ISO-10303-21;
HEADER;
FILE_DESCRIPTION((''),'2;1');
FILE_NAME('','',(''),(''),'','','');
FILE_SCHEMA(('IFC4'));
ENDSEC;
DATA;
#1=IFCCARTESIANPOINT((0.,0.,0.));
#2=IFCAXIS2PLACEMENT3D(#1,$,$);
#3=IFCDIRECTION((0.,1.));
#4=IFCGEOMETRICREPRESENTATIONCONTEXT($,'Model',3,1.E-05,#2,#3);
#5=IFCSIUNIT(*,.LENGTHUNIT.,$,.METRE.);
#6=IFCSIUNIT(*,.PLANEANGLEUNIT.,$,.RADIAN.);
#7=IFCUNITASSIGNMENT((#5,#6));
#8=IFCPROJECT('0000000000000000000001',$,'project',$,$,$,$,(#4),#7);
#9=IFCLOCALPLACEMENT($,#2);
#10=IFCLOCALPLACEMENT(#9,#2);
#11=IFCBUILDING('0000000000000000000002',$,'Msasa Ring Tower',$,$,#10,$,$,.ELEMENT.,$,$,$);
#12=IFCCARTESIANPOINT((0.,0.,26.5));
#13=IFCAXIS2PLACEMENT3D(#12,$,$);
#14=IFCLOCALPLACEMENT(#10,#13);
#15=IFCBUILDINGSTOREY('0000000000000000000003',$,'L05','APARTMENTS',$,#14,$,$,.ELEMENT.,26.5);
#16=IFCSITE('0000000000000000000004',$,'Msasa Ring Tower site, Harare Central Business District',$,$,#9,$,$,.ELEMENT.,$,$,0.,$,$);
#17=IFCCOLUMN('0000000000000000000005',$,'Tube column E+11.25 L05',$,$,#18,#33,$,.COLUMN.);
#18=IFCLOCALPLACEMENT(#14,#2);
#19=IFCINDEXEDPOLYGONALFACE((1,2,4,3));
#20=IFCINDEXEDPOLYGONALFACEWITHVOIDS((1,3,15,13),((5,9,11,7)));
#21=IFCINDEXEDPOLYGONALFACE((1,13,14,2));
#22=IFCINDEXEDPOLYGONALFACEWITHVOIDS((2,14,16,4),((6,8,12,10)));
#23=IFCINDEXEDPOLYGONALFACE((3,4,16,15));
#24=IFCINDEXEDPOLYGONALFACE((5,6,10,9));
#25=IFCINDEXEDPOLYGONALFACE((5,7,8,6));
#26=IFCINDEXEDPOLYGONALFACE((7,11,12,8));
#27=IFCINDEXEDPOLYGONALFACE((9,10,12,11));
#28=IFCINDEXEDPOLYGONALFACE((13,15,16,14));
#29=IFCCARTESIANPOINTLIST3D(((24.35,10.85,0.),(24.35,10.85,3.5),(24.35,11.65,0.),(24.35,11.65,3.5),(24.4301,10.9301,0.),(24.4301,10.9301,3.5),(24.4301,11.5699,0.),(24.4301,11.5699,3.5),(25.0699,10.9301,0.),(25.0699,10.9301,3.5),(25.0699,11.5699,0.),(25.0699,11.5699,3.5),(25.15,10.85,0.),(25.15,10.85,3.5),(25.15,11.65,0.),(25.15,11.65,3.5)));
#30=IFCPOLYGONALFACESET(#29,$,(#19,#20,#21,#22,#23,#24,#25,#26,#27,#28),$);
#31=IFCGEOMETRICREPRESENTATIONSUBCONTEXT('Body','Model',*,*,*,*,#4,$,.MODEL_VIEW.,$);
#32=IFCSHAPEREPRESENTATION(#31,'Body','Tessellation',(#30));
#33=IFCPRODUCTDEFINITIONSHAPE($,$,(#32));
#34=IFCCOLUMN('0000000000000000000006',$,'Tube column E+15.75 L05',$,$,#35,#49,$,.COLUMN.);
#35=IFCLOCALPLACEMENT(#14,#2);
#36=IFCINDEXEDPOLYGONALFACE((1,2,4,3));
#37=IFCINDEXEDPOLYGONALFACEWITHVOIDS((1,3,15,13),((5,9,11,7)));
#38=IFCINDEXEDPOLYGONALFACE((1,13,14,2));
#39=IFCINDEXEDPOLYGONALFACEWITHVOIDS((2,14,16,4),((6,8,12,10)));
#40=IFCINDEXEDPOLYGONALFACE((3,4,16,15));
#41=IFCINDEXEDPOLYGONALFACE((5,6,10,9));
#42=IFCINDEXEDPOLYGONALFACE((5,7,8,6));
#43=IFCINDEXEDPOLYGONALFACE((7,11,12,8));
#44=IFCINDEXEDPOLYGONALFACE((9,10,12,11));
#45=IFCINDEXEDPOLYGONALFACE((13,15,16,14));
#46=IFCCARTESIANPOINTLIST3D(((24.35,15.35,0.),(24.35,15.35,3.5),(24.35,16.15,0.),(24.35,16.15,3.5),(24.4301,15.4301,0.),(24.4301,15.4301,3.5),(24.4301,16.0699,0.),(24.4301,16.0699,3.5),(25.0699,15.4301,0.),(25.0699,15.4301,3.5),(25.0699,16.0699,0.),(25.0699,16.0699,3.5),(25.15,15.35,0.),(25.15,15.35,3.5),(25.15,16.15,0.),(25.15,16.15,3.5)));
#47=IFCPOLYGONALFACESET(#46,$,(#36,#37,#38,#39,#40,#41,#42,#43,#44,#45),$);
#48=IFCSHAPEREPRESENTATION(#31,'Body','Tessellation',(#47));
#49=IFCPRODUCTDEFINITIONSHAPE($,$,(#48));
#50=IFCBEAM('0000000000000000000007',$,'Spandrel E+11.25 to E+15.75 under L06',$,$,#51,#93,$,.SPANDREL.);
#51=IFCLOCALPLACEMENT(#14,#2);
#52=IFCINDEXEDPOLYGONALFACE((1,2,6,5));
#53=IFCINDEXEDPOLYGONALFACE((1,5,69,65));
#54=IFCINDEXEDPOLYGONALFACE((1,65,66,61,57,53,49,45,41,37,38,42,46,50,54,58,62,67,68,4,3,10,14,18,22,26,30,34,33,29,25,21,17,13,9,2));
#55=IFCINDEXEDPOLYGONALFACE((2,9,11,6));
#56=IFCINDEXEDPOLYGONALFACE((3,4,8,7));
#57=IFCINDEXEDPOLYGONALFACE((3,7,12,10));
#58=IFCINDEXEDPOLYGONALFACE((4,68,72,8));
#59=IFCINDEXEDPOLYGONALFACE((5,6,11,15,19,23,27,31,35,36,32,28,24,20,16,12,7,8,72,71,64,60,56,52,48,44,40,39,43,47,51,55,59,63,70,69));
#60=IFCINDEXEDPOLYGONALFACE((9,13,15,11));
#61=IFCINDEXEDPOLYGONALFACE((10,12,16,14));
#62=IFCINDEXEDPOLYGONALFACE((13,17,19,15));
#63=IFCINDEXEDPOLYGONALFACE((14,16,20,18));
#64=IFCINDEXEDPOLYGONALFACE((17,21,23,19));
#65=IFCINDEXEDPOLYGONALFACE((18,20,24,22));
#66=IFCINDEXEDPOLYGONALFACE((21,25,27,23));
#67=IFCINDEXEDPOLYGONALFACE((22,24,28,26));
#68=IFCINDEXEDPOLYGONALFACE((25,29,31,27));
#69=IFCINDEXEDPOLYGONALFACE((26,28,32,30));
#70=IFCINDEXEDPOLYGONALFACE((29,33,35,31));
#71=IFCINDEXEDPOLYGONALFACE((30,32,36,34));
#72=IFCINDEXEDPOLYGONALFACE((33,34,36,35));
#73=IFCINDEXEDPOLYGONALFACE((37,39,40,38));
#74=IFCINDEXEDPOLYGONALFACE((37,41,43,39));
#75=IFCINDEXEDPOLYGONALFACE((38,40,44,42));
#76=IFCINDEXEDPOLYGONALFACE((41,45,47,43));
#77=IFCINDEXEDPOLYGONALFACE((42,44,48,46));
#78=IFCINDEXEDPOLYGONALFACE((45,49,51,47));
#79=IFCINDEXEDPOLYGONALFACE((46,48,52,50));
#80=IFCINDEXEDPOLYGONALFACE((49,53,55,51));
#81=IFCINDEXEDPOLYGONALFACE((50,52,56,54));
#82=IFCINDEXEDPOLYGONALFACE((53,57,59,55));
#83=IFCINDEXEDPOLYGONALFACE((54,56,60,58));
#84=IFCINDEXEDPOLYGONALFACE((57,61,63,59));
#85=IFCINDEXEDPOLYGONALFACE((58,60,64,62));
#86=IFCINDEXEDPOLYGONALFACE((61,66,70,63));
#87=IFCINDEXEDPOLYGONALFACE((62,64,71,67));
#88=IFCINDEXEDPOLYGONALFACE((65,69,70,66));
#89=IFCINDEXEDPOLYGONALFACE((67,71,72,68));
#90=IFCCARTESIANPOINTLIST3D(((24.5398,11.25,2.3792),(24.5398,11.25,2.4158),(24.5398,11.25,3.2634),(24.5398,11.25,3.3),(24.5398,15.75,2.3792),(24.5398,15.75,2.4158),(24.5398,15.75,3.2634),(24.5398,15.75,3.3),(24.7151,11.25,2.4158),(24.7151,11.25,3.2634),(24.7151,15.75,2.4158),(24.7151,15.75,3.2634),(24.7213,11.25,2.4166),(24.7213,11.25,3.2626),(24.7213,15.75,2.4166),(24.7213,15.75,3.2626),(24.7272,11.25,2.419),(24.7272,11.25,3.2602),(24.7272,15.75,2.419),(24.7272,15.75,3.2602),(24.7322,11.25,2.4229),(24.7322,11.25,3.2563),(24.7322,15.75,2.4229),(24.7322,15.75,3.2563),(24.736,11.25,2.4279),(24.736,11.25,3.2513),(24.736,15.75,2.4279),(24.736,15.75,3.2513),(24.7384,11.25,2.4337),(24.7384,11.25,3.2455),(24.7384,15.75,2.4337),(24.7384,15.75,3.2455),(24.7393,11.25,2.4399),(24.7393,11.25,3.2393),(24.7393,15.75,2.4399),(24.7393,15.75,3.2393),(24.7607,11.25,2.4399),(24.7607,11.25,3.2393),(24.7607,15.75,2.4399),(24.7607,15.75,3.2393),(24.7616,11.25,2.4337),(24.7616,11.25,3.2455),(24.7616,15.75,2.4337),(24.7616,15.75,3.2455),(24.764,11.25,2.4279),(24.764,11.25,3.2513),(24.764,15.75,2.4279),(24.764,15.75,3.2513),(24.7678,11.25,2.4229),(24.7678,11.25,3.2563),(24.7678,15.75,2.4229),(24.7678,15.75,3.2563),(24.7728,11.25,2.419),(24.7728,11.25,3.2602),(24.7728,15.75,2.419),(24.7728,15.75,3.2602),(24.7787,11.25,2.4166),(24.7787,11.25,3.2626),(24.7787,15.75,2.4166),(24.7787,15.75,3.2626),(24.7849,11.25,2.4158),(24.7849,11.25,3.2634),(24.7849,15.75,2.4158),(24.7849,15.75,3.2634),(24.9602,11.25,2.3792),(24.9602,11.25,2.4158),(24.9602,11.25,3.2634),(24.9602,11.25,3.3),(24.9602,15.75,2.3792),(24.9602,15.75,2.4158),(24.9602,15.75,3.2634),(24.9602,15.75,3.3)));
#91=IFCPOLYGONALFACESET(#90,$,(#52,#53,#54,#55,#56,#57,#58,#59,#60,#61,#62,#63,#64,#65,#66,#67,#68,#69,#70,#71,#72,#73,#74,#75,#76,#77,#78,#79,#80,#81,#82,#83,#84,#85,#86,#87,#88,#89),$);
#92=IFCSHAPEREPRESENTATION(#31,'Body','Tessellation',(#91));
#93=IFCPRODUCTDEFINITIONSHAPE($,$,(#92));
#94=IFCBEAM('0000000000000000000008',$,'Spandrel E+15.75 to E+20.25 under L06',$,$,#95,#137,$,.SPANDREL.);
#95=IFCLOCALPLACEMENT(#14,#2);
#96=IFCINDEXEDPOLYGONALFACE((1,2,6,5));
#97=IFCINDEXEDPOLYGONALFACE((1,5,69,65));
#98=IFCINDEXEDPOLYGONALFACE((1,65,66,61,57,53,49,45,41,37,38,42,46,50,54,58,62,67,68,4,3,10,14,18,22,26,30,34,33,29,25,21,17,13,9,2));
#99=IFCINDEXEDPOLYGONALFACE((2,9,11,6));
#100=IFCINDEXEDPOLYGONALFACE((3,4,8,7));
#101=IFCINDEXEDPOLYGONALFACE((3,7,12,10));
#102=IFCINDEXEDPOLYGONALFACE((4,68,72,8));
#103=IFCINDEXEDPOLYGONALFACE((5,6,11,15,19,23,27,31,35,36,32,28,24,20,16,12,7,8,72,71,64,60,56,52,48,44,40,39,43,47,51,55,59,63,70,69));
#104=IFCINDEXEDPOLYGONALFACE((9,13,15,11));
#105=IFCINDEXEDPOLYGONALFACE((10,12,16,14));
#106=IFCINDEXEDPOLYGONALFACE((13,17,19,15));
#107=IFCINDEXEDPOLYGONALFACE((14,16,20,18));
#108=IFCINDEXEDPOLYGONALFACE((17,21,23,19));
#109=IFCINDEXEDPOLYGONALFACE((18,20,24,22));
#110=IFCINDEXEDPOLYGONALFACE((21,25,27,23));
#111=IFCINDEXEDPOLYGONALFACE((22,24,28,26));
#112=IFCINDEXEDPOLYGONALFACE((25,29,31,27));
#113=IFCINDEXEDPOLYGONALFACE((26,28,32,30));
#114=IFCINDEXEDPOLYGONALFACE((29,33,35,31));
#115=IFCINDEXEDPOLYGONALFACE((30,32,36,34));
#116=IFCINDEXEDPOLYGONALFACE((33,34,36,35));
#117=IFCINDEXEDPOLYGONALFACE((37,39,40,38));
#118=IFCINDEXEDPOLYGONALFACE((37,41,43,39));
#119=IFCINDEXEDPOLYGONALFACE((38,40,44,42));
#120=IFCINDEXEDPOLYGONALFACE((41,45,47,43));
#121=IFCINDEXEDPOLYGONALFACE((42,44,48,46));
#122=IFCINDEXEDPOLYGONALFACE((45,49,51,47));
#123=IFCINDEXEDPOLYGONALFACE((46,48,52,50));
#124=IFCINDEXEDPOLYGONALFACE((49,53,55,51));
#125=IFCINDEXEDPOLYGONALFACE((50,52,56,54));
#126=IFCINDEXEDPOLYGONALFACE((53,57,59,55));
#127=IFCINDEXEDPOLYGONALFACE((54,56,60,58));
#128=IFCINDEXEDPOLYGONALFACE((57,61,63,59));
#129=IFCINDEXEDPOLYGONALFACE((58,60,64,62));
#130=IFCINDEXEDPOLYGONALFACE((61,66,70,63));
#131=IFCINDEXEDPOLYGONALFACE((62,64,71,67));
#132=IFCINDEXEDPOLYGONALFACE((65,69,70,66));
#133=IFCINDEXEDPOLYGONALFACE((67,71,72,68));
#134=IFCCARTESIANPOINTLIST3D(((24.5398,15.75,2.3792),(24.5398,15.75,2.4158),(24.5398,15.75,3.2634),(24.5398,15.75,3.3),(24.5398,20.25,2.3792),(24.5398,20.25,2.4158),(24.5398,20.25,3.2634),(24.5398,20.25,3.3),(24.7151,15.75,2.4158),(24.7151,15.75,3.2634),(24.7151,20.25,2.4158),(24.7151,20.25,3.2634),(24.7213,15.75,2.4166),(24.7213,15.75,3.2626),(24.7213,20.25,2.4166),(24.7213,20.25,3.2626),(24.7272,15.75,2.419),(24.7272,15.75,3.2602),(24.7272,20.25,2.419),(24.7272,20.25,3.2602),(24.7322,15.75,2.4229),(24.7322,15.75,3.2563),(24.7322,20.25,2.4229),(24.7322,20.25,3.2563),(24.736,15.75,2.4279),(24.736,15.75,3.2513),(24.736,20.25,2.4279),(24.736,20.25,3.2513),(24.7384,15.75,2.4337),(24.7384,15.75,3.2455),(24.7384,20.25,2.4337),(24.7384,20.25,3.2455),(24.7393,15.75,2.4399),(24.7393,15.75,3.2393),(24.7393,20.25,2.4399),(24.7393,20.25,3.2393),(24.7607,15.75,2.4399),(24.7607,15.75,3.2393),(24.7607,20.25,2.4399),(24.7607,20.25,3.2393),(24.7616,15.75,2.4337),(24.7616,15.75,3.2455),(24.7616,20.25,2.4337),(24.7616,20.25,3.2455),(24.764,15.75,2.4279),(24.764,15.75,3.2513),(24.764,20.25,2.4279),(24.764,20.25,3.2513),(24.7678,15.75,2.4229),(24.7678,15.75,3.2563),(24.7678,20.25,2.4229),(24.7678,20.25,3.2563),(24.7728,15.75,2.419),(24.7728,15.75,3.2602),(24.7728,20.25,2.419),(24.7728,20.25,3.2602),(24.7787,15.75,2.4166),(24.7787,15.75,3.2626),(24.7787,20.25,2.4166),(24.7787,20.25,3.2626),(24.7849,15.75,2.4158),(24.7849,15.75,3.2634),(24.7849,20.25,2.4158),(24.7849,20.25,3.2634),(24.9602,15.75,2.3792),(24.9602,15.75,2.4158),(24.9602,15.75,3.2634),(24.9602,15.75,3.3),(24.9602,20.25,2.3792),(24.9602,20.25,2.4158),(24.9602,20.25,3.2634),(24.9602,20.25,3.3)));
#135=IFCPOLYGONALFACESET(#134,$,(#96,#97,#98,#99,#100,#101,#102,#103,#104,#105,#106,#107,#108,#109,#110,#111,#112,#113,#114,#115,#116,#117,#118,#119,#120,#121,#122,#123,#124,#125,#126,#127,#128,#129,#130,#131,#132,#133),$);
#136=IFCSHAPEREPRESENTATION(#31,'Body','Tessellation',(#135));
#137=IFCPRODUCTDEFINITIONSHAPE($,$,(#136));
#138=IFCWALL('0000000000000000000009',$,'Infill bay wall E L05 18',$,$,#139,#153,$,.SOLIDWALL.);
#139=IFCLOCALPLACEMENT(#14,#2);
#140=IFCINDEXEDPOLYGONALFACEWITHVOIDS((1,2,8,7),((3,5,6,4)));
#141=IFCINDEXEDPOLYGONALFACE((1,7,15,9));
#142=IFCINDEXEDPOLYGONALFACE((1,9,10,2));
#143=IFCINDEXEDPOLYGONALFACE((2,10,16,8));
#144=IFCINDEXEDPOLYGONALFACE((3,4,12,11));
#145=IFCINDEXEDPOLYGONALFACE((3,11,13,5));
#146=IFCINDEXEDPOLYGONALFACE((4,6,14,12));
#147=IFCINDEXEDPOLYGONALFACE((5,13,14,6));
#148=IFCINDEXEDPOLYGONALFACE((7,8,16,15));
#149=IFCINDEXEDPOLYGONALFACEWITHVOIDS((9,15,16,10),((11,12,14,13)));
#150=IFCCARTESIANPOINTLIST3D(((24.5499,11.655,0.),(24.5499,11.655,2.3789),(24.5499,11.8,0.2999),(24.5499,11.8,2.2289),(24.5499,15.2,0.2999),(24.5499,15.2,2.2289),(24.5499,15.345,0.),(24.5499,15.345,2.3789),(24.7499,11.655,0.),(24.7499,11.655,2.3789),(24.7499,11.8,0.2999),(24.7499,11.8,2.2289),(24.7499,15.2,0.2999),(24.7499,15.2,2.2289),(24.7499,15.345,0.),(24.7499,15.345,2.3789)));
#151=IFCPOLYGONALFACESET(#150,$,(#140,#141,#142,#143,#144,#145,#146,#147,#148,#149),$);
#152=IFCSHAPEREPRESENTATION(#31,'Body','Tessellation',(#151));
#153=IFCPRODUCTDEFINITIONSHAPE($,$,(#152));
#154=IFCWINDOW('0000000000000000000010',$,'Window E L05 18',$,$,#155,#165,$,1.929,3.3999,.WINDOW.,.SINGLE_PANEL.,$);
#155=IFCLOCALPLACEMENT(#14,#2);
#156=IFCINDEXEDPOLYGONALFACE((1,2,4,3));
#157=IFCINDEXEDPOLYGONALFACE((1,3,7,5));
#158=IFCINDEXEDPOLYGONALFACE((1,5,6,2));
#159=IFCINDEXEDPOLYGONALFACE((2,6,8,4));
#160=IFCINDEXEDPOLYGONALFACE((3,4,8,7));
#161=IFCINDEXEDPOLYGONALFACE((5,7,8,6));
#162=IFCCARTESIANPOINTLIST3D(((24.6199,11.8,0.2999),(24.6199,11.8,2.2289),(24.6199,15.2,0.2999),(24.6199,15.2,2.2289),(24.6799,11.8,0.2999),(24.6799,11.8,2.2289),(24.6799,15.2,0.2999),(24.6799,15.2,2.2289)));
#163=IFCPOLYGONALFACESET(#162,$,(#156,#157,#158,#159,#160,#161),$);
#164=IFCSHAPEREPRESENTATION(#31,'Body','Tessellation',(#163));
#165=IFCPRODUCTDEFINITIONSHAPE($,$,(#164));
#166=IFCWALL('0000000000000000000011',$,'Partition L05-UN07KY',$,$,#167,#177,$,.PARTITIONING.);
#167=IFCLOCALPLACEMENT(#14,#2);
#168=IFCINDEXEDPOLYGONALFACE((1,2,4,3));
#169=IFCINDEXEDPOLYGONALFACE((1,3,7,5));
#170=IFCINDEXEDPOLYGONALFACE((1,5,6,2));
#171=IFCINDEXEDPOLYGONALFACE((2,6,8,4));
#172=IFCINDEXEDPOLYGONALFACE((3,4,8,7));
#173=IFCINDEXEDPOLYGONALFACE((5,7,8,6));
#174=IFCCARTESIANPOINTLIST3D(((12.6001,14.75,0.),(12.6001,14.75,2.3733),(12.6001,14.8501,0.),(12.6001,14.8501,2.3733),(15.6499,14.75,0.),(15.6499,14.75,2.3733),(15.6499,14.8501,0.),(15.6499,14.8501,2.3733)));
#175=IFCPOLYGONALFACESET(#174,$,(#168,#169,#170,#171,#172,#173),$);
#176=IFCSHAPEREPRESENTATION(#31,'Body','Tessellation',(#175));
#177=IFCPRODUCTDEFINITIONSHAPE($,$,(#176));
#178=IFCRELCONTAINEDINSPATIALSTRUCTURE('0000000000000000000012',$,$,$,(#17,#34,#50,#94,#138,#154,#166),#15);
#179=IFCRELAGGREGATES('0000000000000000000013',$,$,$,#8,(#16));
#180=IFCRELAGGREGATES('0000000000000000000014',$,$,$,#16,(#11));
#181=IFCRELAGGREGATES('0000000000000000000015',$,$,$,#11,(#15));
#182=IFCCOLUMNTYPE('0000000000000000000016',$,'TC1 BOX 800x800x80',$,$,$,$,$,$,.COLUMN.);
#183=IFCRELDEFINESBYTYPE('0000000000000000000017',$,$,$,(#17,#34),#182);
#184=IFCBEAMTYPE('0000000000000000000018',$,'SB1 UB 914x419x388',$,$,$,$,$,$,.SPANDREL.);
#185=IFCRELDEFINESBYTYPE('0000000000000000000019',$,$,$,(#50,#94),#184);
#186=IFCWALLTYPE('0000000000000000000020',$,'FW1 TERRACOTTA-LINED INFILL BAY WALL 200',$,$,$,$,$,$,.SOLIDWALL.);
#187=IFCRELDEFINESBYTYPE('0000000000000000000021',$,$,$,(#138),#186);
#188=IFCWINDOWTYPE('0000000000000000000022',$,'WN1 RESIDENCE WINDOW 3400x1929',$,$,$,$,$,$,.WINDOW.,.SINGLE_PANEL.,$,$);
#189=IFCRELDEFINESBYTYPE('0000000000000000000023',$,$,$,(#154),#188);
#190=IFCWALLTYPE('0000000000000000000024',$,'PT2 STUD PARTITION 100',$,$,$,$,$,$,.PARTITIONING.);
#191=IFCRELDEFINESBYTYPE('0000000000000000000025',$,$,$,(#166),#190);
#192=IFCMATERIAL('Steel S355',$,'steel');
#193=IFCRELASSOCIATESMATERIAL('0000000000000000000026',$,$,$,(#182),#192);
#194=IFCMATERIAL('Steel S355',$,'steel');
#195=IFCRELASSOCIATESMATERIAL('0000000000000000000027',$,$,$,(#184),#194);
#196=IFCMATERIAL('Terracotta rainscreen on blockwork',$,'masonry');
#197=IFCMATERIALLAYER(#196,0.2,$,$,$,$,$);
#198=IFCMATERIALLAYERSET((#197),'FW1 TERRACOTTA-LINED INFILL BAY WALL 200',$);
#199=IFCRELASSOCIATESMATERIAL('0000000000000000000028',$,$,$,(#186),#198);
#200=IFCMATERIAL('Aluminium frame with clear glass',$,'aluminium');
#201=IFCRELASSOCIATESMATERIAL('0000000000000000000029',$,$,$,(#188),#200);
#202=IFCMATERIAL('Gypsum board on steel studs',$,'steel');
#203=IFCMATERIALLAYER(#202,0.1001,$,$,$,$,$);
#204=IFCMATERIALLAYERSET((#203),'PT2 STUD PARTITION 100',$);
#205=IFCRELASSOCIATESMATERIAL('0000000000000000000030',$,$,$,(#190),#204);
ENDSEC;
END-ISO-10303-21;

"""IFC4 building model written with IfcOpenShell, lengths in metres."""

from ifc_helpers import new_model, si_unit, direction, frame, frame_2d, origin, origin_2d, place, context, subcontext, project, spatial, rectangle, hollow_rectangle, i_section, extrude, material, layer, layer_set, material_profile, profile_set, type_object, element, fill, save


model = new_model("IFC4")

# Units and contexts
model_context = context("Model", 3, precision=1e-05, world=origin(), true_north=direction((0.0, 1.0)))
body_context = subcontext(model_context, "Body", "Model", "MODEL_VIEW")
ifc_project = project(units=[si_unit("LENGTHUNIT", "METRE"), si_unit("PLANEANGLEUNIT", "RADIAN")], contexts=[model_context])

# Site, building, storey
site_placement = place(None, origin())
site = spatial("IfcSite", under=ifc_project, at=site_placement, Name="Msasa Ring Tower site, Harare Central Business District", CompositionType="ELEMENT", RefElevation=0.0)
building_placement = place(site_placement, origin())
building = spatial("IfcBuilding", under=site, at=building_placement, Name="Msasa Ring Tower", CompositionType="ELEMENT")
storey_placement = place(building_placement, frame((0.0, 0.0, 26.5)))
storey = spatial("IfcBuildingStorey", under=building, at=storey_placement, Name="L05", Description="APARTMENTS", CompositionType="ELEMENT", Elevation=26.5)

# Columns
ifc_material_1 = material(Name="Steel S355", Category="steel")
ifc_material_profile_1 = material_profile(ifc_material_1, hollow_rectangle(XDim=0.8, YDim=0.8, WallThickness=0.0801, at=origin_2d()), Name="BOX 800x800x80")
ifc_profile_set_1 = profile_set([ifc_material_profile_1], Name="Steel S355")
column_type = type_object("IfcColumnType", Name="TC1 BOX 800x800x80", PredefinedType="COLUMN", material=ifc_profile_set_1)
for number, where, z_axis, x_axis, name in (
    (1, (24.75, 11.25, 0.0), (0.0, 0.0, 1.0), (1.0, 0.0, 0.0), "Tube column E+11.25 L05"),
    (2, (24.75, 15.75, 0.0), (0.0, 0.0, 1.0), (1.0, 0.0, 0.0), "Tube column E+15.75 L05"),
):
    element("IfcColumn", number, at=place(storey_placement, frame(where, z_axis=z_axis, x_axis=x_axis)), inside=storey, type_object=column_type, Name=name, PredefinedType="COLUMN", context=body_context, shape_type="SweptSolid", body=[
        extrude(hollow_rectangle(XDim=0.8, YDim=0.8, WallThickness=0.0801, at=origin_2d()), origin(), (0.0, 0.0, 1.0), 3.5),
    ])

# Beams
ifc_material_2 = material(Name="Steel S355", Category="steel")
ifc_material_profile_2 = material_profile(ifc_material_2, i_section(OverallWidth=0.4204, OverallDepth=0.9209, WebThickness=0.0215, FlangeThickness=0.0366, FilletRadius=0.0242, at=origin_2d()), Name="UB 914x419x388")
ifc_profile_set_2 = profile_set([ifc_material_profile_2], Name="Steel S355")
beam_type = type_object("IfcBeamType", Name="SB1 UB 914x419x388", PredefinedType="SPANDREL", material=ifc_profile_set_2)
for number, where, z_axis, x_axis, name in (
    (3, (24.75, 11.25, 2.8396), (0.0, 1.0, 0.0), (-1.0, 0.0, 0.0), "Spandrel E+11.25 to E+15.75 under L06"),
    (4, (24.75, 15.75, 2.8396), (0.0, 1.0, 0.0), (-1.0, 0.0, 0.0), "Spandrel E+15.75 to E+20.25 under L06"),
):
    element("IfcBeam", number, at=place(storey_placement, frame(where, z_axis=z_axis, x_axis=x_axis)), inside=storey, type_object=beam_type, Name=name, PredefinedType="SPANDREL", context=body_context, shape_type="SweptSolid", body=[
        extrude(i_section(OverallWidth=0.4204, OverallDepth=0.9209, WebThickness=0.0215, FlangeThickness=0.0366, FilletRadius=0.0242, at=origin_2d()), origin(), (0.0, 0.0, 1.0), 4.5),
    ])

# Wall, opening, window
ifc_material_3 = material(Name="Terracotta rainscreen on blockwork", Category="masonry")
ifc_layer_1 = layer(ifc_material_3, 0.2)
ifc_layer_set_1 = layer_set([ifc_layer_1], Name="FW1 TERRACOTTA-LINED INFILL BAY WALL 200")
wall_type_1 = type_object("IfcWallType", Name="FW1 TERRACOTTA-LINED INFILL BAY WALL 200", PredefinedType="SOLIDWALL", material=ifc_layer_set_1)
wall_1_placement = place(storey_placement, frame((24.6499, 11.655, 0.0), z_axis=(0.0, 0.0, 1.0), x_axis=(0.0, 1.0, 0.0)))
wall_1 = element("IfcWall", 5, at=wall_1_placement, inside=storey, type_object=wall_type_1, Name="Infill bay wall E L05 18", PredefinedType="SOLIDWALL", context=body_context, shape_type="SweptSolid", body=[
    extrude(rectangle(XDim=3.6899, YDim=0.2, at=frame_2d((1.845, 0.0))), origin(), (0.0, 0.0, 1.0), 2.3789),
])
opening_1_placement = place(wall_1_placement, frame((0.145, 0.0, 0.3)))
opening_1 = element("IfcOpeningElement", 6, at=opening_1_placement, cuts=wall_1, PredefinedType="OPENING", context=body_context, shape_type="SweptSolid", body=[
    extrude(rectangle(XDim=3.3999, YDim=1.929, at=frame_2d((1.7, 0.9644))), frame((0.0, 0.1099, 0.0), z_axis=(0.0, -1.0, 0.0), x_axis=(1.0, 0.0, 0.0)), (0.0, 0.0, 1.0), 0.22),
])
ifc_material_4 = material(Name="Aluminium frame with clear glass", Category="aluminium")
window_type = type_object("IfcWindowType", Name="WN1 RESIDENCE WINDOW 3400x1929", PartitioningType="SINGLE_PANEL", PredefinedType="WINDOW", material=ifc_material_4)
window_placement = place(opening_1_placement, origin())
window = element("IfcWindow", 7, at=window_placement, inside=storey, type_object=window_type, Name="Window E L05 18", OverallHeight=1.929, OverallWidth=3.3999, PartitioningType="SINGLE_PANEL", PredefinedType="WINDOW", context=body_context, shape_type="SweptSolid", body=[
    extrude(rectangle(XDim=3.3999, YDim=1.929, at=frame_2d((1.7, 0.9644))), frame((0.0, 0.03, 0.0), z_axis=(0.0, -1.0, 0.0), x_axis=(1.0, 0.0, 0.0)), (0.0, 0.0, 1.0), 0.0601),
])
fill(opening_1, window)

# Wall
ifc_material_5 = material(Name="Gypsum board on steel studs", Category="steel")
ifc_layer_2 = layer(ifc_material_5, 0.1001)
ifc_layer_set_2 = layer_set([ifc_layer_2], Name="PT2 STUD PARTITION 100")
wall_type_2 = type_object("IfcWallType", Name="PT2 STUD PARTITION 100", PredefinedType="PARTITIONING", material=ifc_layer_set_2)
wall_2_placement = place(storey_placement, frame((12.6001, 14.8, 0.0), z_axis=(0.0, 0.0, 1.0), x_axis=(1.0, 0.0, 0.0)))
element("IfcWall", 8, at=wall_2_placement, inside=storey, type_object=wall_type_2, Name="Partition L05-UN07KY", PredefinedType="PARTITIONING", context=body_context, shape_type="SweptSolid", body=[
    extrude(rectangle(XDim=3.0498, YDim=0.1001, at=frame_2d((1.5249, 0.0))), origin(), (0.0, 0.0, 1.0), 2.3733),
])

save(model, "model.ifc")
